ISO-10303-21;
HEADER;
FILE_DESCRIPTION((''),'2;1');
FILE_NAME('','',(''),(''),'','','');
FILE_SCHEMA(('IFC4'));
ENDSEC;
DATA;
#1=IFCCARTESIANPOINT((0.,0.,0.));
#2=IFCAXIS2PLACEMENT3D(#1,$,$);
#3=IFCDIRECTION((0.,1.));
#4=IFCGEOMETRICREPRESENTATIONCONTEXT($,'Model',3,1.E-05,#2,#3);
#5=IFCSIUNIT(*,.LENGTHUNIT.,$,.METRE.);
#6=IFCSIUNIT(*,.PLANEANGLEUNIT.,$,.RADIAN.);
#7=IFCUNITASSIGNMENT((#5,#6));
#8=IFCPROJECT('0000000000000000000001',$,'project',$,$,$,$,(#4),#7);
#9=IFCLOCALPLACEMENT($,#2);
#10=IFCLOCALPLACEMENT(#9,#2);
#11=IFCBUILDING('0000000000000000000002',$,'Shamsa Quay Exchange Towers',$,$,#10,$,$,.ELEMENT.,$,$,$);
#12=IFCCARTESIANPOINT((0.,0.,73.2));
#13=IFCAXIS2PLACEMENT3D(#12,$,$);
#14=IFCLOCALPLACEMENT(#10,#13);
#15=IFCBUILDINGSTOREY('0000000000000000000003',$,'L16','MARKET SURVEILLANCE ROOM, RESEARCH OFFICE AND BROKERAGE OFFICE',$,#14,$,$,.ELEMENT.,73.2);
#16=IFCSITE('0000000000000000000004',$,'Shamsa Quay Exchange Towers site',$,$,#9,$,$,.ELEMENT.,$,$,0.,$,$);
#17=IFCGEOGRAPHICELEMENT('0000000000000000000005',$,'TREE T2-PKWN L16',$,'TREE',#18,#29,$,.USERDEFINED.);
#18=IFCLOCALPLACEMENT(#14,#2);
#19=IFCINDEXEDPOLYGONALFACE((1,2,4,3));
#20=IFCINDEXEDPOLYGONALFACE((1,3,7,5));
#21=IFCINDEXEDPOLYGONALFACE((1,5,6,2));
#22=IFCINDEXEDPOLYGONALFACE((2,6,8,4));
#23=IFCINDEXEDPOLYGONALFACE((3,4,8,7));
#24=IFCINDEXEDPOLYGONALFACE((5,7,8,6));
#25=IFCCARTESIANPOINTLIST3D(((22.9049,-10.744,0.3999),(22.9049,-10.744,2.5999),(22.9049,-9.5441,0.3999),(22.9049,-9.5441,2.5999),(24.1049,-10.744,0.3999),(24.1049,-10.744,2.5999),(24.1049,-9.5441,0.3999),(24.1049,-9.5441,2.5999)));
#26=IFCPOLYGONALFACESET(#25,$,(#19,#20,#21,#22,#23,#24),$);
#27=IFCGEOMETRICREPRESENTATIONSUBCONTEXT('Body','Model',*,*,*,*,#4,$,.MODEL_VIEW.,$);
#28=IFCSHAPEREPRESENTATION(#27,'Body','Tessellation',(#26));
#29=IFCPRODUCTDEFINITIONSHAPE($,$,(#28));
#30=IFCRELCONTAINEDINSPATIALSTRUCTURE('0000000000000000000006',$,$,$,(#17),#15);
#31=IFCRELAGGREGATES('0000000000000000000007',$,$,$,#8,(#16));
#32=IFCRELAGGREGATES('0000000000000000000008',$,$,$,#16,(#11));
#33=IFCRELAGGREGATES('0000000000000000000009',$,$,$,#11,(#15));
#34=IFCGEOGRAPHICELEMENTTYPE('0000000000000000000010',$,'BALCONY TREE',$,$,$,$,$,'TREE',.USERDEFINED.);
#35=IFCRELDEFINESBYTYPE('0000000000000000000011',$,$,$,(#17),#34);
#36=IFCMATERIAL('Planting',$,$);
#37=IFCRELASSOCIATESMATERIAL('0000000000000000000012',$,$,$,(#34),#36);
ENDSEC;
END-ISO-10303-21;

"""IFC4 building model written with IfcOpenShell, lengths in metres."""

from ifc_helpers import new_model, si_unit, direction, frame, origin, origin_2d, place, context, subcontext, project, spatial, rectangle, extrude, material, type_object, element, save


model = new_model("IFC4")

# Units and contexts
model_context = context("Model", 3, precision=1e-05, world=origin(), true_north=direction((0.0, 1.0)))
body_context = subcontext(model_context, "Body", "Model", "MODEL_VIEW")
ifc_project = project(units=[si_unit("LENGTHUNIT", "METRE"), si_unit("PLANEANGLEUNIT", "RADIAN")], contexts=[model_context])

# Site, building, storey
site_placement = place(None, origin())
site = spatial("IfcSite", under=ifc_project, at=site_placement, Name="Shamsa Quay Exchange Towers site", CompositionType="ELEMENT", RefElevation=0.0)
building_placement = place(site_placement, origin())
building = spatial("IfcBuilding", under=site, at=building_placement, Name="Shamsa Quay Exchange Towers", CompositionType="ELEMENT")
storey_placement = place(building_placement, frame((0.0, 0.0, 73.2)))
storey = spatial("IfcBuildingStorey", under=building, at=storey_placement, Name="L16", Description="MARKET SURVEILLANCE ROOM, RESEARCH OFFICE AND BROKERAGE OFFICE", CompositionType="ELEMENT", Elevation=73.2)

# Geographic element
ifc_material_1 = material(Name="Planting")
geographic_element_type = type_object("IfcGeographicElementType", Name="BALCONY TREE", ElementType="TREE", PredefinedType="USERDEFINED", material=ifc_material_1)
geographic_element_placement = place(storey_placement, frame((23.5049, -10.144, 0.3999), z_axis=(0.0, 0.0, 1.0), x_axis=(0.0, -1.0, 0.0)))
element("IfcGeographicElement", 1, at=geographic_element_placement, inside=storey, type_object=geographic_element_type, Name="TREE T2-PKWN L16", ObjectType="TREE", PredefinedType="USERDEFINED", context=body_context, shape_type="SweptSolid", body=[
    extrude(rectangle(XDim=1.2, YDim=1.2, at=origin_2d()), origin(), (0.0, 0.0, 1.0), 2.2),
])

save(model, "model.ifc")
